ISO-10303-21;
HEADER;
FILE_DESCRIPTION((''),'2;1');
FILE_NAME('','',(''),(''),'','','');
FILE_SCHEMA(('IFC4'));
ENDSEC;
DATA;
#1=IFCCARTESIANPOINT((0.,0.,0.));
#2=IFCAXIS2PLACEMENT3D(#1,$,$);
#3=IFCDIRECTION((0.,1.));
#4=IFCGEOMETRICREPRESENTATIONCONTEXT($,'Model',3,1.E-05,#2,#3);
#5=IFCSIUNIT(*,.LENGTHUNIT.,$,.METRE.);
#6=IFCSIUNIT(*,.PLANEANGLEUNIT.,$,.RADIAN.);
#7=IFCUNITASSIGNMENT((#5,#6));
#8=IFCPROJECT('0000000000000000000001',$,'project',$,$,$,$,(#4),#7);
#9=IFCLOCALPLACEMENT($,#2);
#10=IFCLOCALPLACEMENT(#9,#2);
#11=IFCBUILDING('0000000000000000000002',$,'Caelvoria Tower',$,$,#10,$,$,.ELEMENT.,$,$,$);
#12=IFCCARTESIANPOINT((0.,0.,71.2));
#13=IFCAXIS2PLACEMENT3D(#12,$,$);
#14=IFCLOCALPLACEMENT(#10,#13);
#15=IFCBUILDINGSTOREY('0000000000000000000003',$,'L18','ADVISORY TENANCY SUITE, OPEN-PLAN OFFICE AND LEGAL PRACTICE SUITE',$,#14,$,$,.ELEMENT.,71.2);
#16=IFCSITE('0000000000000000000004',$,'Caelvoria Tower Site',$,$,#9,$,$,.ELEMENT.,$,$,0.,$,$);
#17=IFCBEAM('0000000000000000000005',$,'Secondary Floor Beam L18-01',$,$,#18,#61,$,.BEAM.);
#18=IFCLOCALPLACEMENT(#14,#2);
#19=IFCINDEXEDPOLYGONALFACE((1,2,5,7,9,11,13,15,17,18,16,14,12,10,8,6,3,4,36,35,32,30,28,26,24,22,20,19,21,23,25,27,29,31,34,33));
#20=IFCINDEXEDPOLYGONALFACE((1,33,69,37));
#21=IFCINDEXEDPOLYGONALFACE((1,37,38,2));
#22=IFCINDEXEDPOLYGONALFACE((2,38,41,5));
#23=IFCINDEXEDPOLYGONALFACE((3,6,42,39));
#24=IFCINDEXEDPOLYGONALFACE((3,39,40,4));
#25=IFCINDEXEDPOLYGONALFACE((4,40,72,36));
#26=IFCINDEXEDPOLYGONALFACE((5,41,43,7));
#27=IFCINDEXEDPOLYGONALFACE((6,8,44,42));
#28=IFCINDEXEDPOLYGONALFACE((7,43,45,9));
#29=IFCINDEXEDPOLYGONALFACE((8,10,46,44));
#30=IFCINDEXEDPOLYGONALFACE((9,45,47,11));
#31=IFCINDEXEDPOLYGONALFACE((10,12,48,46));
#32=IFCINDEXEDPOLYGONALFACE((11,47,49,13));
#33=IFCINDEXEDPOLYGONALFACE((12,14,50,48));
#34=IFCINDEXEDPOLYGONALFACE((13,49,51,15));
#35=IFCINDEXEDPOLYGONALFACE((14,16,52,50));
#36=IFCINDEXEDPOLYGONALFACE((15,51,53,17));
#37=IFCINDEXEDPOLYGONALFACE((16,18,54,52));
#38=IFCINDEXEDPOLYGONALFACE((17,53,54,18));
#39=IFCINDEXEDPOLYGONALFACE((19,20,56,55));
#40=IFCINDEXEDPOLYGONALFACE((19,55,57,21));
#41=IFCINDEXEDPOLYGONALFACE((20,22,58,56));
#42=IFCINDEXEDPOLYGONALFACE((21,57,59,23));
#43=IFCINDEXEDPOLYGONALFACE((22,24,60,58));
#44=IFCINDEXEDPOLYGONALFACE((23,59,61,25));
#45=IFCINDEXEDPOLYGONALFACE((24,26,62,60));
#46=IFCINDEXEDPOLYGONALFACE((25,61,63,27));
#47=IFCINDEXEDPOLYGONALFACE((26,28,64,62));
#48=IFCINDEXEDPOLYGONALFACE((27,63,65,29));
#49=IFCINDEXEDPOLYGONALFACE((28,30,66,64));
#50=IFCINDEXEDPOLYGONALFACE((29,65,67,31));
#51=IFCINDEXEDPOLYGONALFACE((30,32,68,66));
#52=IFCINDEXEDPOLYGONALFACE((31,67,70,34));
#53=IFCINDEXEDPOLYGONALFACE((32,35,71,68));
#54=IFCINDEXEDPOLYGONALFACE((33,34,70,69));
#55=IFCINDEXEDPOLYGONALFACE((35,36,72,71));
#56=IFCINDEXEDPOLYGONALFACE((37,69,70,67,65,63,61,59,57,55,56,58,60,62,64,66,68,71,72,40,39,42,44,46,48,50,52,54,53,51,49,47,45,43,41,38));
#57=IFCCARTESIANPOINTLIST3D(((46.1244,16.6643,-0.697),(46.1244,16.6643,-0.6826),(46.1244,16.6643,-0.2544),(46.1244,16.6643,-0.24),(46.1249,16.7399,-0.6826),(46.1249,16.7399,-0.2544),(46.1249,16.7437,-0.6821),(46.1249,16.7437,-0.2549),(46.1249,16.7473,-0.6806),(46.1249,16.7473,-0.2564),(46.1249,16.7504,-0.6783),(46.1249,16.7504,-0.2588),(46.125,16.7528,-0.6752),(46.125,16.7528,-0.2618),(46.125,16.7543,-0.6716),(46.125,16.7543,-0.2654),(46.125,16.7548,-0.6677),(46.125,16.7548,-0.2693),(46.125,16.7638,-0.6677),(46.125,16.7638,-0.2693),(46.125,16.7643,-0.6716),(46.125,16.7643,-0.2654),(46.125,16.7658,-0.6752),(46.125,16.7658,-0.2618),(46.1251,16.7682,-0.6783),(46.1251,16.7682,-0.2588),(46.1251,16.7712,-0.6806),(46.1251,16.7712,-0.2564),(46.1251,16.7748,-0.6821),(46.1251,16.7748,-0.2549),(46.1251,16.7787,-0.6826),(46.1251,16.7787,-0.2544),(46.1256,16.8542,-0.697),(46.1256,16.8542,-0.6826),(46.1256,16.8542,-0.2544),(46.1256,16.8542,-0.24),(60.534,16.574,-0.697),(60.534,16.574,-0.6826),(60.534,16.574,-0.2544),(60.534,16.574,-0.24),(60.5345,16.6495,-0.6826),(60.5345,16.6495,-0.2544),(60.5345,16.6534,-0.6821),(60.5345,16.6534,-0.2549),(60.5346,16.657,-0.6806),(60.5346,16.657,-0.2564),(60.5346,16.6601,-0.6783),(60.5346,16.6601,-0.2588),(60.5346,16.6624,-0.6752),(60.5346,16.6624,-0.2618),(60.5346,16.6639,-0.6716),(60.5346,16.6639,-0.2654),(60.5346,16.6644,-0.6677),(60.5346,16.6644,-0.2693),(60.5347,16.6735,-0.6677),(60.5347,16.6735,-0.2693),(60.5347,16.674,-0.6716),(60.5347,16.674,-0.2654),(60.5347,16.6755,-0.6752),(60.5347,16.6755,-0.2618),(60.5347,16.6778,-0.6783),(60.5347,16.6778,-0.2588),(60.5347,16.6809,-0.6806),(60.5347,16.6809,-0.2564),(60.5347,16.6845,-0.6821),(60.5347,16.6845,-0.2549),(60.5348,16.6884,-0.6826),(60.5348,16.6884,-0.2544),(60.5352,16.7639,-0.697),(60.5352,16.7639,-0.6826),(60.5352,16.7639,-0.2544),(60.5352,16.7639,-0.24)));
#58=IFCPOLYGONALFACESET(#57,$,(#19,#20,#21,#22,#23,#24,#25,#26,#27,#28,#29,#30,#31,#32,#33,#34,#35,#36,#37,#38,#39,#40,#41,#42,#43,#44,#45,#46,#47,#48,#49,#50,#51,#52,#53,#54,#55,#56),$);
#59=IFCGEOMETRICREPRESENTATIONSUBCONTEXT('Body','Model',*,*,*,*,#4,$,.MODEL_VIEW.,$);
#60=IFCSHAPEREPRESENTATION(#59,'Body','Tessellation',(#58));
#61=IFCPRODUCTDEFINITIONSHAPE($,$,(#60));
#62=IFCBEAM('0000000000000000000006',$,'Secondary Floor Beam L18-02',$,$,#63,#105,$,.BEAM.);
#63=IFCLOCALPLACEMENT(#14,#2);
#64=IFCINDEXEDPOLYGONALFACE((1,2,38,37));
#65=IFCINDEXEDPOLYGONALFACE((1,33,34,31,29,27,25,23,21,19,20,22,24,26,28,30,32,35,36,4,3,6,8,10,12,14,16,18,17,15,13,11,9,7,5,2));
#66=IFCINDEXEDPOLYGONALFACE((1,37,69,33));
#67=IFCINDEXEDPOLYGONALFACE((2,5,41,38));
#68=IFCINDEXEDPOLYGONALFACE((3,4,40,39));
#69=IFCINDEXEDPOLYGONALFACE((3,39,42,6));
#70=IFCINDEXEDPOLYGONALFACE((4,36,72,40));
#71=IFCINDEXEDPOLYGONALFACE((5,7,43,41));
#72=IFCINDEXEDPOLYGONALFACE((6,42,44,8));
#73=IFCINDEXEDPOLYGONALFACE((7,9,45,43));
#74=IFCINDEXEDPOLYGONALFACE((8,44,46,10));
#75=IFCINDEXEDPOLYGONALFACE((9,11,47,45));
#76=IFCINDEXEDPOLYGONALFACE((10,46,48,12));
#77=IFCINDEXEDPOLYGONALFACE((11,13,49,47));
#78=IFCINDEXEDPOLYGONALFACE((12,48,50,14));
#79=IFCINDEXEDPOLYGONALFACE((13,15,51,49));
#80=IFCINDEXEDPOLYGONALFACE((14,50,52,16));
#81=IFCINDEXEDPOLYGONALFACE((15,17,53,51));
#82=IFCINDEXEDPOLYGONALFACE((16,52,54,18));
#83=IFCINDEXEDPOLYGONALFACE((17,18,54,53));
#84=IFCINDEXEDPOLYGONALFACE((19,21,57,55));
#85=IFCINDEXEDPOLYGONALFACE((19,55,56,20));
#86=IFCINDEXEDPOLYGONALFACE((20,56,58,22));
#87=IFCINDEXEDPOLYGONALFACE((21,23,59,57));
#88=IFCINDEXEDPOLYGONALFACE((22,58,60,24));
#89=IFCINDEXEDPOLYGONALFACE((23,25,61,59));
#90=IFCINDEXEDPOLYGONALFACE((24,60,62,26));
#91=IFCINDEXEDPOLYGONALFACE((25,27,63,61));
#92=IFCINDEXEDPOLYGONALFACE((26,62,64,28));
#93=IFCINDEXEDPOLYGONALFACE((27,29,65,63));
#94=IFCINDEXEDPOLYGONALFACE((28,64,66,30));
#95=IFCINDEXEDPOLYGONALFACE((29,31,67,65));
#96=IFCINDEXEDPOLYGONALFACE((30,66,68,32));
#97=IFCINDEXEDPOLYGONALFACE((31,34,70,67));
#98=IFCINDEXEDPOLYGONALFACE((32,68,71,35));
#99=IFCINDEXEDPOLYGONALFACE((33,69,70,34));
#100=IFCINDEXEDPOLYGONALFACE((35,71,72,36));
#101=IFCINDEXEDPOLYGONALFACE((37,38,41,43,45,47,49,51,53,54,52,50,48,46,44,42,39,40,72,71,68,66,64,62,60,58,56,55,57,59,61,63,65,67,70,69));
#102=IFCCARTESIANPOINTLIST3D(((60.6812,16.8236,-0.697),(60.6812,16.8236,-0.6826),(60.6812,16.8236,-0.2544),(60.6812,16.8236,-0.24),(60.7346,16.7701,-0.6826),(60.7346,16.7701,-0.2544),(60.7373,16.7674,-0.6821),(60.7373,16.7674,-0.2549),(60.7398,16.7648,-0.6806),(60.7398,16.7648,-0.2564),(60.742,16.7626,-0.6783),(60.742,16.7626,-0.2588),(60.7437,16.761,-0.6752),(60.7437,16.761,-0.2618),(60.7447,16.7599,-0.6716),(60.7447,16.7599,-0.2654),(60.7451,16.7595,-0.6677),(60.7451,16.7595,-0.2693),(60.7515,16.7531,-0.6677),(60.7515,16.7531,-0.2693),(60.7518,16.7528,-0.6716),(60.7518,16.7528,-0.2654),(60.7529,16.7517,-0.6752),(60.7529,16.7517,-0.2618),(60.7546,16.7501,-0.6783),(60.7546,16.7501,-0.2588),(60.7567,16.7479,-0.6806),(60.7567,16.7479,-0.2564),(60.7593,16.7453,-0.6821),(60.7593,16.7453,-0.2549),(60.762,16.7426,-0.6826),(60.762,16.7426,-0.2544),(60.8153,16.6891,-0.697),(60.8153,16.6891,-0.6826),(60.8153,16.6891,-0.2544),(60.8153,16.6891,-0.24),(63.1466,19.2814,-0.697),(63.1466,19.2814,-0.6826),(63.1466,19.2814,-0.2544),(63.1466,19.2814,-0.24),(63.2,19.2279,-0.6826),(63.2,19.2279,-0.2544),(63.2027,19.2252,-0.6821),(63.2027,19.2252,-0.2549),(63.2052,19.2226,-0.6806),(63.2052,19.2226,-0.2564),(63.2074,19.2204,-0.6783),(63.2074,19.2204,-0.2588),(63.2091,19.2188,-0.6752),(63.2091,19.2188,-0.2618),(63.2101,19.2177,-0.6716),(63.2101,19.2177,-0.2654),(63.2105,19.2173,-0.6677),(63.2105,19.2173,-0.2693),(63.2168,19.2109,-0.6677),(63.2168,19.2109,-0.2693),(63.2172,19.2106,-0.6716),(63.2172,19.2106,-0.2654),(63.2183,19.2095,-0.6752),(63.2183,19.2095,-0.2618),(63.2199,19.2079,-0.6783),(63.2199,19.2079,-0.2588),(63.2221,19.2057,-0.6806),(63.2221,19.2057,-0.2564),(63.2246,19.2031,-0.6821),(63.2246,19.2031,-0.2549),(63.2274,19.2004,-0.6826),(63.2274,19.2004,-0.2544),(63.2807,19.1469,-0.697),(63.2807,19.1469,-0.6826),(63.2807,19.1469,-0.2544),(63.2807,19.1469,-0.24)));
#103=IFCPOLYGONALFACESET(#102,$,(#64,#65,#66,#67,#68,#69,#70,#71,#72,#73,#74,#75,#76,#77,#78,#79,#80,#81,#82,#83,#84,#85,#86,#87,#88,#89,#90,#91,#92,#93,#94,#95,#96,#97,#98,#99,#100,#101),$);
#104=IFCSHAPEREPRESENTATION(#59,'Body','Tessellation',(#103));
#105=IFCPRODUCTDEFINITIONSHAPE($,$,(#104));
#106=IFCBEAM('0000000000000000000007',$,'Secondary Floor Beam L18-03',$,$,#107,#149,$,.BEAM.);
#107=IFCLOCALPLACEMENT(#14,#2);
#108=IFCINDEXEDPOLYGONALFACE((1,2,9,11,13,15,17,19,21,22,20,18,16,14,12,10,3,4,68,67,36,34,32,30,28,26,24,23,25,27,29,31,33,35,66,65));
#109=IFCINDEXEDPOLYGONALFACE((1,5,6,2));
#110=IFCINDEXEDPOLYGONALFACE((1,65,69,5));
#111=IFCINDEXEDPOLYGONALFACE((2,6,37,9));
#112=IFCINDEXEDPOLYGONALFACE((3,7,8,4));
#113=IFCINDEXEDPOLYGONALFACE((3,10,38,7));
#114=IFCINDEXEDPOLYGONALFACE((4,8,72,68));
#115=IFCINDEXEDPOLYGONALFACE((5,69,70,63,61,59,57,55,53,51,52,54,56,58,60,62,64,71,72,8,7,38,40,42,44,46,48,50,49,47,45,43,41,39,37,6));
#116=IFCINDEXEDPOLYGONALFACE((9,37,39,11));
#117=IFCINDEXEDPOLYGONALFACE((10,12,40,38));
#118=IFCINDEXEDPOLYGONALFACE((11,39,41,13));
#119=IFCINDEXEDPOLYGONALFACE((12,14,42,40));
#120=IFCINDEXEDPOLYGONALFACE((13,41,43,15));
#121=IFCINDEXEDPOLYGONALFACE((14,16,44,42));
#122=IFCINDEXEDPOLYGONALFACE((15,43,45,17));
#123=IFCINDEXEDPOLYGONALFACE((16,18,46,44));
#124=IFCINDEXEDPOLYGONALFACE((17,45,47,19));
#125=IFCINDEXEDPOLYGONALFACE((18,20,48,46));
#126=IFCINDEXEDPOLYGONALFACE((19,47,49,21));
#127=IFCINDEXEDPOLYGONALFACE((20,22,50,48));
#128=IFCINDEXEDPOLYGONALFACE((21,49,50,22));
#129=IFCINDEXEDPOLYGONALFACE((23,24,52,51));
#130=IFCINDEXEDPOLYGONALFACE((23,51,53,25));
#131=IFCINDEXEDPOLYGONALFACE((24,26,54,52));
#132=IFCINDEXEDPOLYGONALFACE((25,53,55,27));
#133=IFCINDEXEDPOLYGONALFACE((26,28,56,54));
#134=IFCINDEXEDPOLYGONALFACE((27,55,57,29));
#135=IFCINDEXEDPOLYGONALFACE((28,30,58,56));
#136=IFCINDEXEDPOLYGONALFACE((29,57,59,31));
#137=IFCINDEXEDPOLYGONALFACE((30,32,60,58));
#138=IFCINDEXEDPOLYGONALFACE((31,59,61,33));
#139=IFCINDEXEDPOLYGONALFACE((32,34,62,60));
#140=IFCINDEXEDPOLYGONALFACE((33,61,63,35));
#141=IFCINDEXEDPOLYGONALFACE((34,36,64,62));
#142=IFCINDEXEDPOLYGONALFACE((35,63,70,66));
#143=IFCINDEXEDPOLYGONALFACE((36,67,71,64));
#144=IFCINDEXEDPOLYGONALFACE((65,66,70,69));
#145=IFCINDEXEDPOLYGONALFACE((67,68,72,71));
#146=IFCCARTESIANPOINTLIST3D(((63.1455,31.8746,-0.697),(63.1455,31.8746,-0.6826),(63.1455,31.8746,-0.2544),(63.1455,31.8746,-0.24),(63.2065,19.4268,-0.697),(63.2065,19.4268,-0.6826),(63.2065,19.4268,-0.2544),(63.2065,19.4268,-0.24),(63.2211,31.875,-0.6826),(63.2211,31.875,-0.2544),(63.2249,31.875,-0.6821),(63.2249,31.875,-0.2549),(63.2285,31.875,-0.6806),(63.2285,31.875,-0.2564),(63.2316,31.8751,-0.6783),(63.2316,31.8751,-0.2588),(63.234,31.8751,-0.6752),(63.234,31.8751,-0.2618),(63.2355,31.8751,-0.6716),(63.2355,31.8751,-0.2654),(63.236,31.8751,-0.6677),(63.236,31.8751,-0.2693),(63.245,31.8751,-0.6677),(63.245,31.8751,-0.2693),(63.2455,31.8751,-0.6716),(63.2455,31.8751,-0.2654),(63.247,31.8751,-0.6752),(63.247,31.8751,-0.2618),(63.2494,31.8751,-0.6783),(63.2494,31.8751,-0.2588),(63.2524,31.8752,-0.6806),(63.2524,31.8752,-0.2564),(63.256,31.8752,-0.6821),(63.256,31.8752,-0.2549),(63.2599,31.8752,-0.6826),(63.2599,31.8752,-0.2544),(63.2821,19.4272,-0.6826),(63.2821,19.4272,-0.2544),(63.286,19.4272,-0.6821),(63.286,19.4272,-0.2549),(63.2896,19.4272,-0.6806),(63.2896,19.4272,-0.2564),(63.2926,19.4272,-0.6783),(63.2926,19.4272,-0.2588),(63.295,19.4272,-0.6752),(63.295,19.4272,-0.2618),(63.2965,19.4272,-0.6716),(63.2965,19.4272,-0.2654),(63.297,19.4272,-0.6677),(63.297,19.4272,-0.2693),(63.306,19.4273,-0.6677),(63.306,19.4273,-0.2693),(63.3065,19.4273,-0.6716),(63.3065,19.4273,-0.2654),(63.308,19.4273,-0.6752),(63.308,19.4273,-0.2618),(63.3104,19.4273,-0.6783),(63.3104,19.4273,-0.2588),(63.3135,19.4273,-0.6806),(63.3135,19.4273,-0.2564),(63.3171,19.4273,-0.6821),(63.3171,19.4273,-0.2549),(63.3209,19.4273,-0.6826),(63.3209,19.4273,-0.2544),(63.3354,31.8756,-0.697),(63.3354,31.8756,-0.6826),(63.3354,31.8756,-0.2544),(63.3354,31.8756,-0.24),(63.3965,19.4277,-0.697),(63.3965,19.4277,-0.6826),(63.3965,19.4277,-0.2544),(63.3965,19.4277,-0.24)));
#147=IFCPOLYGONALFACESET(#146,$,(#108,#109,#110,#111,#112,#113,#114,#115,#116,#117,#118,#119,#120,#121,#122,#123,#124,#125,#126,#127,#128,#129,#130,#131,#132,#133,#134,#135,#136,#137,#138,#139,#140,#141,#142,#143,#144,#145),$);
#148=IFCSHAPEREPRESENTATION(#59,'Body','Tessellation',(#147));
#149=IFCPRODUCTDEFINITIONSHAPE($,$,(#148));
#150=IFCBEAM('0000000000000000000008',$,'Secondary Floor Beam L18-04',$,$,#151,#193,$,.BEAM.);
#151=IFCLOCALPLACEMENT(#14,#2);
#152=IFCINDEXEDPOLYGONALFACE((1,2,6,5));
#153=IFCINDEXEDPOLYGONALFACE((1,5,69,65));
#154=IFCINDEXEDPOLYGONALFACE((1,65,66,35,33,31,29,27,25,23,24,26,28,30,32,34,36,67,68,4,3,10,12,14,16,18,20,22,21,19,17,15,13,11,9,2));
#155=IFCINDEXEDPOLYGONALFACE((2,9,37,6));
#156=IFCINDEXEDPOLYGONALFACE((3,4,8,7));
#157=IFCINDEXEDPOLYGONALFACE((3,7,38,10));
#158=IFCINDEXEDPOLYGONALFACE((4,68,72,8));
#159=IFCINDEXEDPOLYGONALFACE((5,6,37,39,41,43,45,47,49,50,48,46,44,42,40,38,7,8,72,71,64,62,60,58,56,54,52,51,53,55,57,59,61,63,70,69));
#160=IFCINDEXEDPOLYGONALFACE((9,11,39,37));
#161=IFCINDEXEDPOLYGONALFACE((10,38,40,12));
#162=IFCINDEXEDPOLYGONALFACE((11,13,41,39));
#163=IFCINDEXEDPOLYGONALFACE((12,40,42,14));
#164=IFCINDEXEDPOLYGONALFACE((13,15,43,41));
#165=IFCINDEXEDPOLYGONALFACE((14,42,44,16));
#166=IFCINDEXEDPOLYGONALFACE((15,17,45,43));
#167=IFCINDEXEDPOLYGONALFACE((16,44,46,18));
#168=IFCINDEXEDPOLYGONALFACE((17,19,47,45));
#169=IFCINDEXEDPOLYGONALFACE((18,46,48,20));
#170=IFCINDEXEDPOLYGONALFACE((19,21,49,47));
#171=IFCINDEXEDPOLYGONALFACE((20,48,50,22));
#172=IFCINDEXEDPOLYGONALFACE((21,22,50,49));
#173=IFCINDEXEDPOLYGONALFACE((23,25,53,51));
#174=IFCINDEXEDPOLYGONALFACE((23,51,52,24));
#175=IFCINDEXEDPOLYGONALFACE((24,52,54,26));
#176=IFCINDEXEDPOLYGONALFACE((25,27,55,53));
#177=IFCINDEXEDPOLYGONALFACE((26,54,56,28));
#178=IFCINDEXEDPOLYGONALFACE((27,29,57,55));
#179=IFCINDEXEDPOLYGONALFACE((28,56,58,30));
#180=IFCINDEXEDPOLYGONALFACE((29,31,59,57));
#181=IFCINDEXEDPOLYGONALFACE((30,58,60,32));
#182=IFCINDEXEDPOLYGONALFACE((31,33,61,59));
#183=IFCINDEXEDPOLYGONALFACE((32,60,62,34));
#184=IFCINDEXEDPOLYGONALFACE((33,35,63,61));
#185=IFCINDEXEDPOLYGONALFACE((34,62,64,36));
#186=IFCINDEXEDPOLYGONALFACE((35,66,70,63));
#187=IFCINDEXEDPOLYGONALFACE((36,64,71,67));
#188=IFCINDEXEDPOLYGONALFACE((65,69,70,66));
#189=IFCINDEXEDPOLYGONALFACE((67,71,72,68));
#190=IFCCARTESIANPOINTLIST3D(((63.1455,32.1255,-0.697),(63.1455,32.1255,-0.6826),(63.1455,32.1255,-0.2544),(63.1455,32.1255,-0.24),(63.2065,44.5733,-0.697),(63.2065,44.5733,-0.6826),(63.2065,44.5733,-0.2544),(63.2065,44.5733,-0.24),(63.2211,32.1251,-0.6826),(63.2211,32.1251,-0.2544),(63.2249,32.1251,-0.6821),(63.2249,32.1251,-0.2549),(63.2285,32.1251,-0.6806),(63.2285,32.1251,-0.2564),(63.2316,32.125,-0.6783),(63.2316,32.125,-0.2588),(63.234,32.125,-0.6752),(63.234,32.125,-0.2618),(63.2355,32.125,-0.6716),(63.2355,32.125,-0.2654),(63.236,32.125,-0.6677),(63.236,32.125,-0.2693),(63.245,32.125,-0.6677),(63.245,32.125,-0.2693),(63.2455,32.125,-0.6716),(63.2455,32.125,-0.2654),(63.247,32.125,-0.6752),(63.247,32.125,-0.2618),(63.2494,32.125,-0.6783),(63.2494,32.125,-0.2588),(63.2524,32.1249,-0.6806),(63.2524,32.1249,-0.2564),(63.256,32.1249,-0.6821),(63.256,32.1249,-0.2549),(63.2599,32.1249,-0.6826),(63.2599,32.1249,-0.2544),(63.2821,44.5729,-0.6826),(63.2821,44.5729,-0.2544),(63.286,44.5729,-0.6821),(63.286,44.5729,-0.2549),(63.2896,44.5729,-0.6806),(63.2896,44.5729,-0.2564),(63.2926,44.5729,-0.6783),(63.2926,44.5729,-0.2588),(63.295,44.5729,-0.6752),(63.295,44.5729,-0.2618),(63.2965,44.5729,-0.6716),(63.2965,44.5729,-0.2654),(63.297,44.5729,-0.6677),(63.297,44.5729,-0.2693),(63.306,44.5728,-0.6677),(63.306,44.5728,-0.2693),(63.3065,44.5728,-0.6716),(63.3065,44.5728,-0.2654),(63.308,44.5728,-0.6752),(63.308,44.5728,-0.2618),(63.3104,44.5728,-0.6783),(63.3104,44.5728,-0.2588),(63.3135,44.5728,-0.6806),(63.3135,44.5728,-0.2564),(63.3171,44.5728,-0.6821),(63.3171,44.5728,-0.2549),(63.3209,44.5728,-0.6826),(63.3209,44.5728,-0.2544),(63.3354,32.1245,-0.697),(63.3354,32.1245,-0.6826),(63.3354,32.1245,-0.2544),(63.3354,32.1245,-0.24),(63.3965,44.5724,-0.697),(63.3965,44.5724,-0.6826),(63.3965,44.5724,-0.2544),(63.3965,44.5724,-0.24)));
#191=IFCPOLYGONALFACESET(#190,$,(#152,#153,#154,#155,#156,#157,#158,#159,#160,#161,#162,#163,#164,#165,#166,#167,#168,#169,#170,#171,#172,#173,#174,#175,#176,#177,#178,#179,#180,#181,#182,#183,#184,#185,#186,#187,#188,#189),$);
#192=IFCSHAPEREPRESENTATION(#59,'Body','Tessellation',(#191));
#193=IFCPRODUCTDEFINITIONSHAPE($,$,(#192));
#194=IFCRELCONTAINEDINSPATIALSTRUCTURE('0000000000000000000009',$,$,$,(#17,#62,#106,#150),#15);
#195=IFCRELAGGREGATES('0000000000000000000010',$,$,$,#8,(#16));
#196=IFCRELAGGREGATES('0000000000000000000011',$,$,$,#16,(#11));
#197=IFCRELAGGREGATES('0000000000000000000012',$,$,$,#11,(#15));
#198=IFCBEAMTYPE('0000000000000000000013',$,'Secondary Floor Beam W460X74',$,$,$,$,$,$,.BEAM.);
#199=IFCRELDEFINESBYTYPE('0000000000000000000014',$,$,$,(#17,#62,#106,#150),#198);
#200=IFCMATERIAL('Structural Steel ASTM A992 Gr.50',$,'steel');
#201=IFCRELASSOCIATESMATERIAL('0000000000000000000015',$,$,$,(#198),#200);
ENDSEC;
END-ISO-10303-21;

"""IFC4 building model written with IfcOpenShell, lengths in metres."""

from ifc_helpers import new_model, si_unit, direction, frame, origin, origin_2d, place, context, subcontext, project, spatial, i_section, extrude, material, material_profile, profile_set, type_object, element, save


model = new_model("IFC4")

# Units and contexts
model_context = context("Model", 3, precision=1e-05, world=origin(), true_north=direction((0.0, 1.0)))
body_context = subcontext(model_context, "Body", "Model", "MODEL_VIEW")
ifc_project = project(units=[si_unit("LENGTHUNIT", "METRE"), si_unit("PLANEANGLEUNIT", "RADIAN")], contexts=[model_context])

# Site, building, storey
site_placement = place(None, origin())
site = spatial("IfcSite", under=ifc_project, at=site_placement, Name="Caelvoria Tower Site", CompositionType="ELEMENT", RefElevation=0.0)
building_placement = place(site_placement, origin())
building = spatial("IfcBuilding", under=site, at=building_placement, Name="Caelvoria Tower", CompositionType="ELEMENT")
storey_placement = place(building_placement, frame((0.0, 0.0, 71.2)))
storey = spatial("IfcBuildingStorey", under=building, at=storey_placement, Name="L18", Description="ADVISORY TENANCY SUITE, OPEN-PLAN OFFICE AND LEGAL PRACTICE SUITE", CompositionType="ELEMENT", Elevation=71.2)

# Beams
ifc_material_1 = material(Name="Structural Steel ASTM A992 Gr.50", Category="steel")
ifc_material_profile_1 = material_profile(ifc_material_1, i_section(OverallWidth=0.1899, OverallDepth=0.457, WebThickness=0.009, FlangeThickness=0.0144, FilletRadius=0.0149, at=origin_2d()), Name="Structural Steel ASTM A992 Gr.50")
ifc_profile_set_1 = profile_set([ifc_material_profile_1], Name="W460X74 - Structural Steel ASTM A992 Gr.50")
beam_type_1 = type_object("IfcBeamType", Name="Secondary Floor Beam W460X74", PredefinedType="BEAM", material=ifc_profile_set_1)
beam_1_placement = place(storey_placement, frame((46.125, 16.7593, -0.4685), z_axis=(0.99998, -0.006269, 0.0), x_axis=(0.006269, 0.99998, 0.0)))
element("IfcBeam", 1, at=beam_1_placement, inside=storey, type_object=beam_type_1, Name="Secondary Floor Beam L18-01", PredefinedType="BEAM", context=body_context, shape_type="SweptSolid", body=[
    extrude(i_section(OverallWidth=0.1899, OverallDepth=0.457, WebThickness=0.009, FlangeThickness=0.0144, FilletRadius=0.0149, at=origin_2d()), origin(), (0.0, 0.0, 1.0), 14.4099),
])
beam_2_placement = place(storey_placement, frame((60.7483, 16.7563, -0.4685), z_axis=(0.708193, 0.706019, 0.0), x_axis=(-0.706019, 0.708193, 0.0)))
element("IfcBeam", 2, at=beam_2_placement, inside=storey, type_object=beam_type_1, Name="Secondary Floor Beam L18-02", PredefinedType="BEAM", context=body_context, shape_type="SweptSolid", body=[
    extrude(i_section(OverallWidth=0.1899, OverallDepth=0.457, WebThickness=0.009, FlangeThickness=0.0144, FilletRadius=0.0149, at=origin_2d()), origin(), (0.0, 0.0, 1.0), 3.4812),
])
for number, where, z_axis, x_axis, name in (
    (3, (63.3015, 19.4272, -0.4685), (-0.004903, 0.999988, 0.0), (-0.999988, -0.004903, 0.0), "Secondary Floor Beam L18-03"),
    (4, (63.2405, 32.125, -0.4685), (0.004903, 0.999988, 0.0), (-0.999988, 0.004903, 0.0), "Secondary Floor Beam L18-04"),
):
    element("IfcBeam", number, at=place(storey_placement, frame(where, z_axis=z_axis, x_axis=x_axis)), inside=storey, type_object=beam_type_1, Name=name, PredefinedType="BEAM", context=body_context, shape_type="SweptSolid", body=[
        extrude(i_section(OverallWidth=0.1899, OverallDepth=0.457, WebThickness=0.009, FlangeThickness=0.0144, FilletRadius=0.0149, at=origin_2d()), origin(), (0.0, 0.0, 1.0), 12.448),
    ])

save(model, "model.ifc")
